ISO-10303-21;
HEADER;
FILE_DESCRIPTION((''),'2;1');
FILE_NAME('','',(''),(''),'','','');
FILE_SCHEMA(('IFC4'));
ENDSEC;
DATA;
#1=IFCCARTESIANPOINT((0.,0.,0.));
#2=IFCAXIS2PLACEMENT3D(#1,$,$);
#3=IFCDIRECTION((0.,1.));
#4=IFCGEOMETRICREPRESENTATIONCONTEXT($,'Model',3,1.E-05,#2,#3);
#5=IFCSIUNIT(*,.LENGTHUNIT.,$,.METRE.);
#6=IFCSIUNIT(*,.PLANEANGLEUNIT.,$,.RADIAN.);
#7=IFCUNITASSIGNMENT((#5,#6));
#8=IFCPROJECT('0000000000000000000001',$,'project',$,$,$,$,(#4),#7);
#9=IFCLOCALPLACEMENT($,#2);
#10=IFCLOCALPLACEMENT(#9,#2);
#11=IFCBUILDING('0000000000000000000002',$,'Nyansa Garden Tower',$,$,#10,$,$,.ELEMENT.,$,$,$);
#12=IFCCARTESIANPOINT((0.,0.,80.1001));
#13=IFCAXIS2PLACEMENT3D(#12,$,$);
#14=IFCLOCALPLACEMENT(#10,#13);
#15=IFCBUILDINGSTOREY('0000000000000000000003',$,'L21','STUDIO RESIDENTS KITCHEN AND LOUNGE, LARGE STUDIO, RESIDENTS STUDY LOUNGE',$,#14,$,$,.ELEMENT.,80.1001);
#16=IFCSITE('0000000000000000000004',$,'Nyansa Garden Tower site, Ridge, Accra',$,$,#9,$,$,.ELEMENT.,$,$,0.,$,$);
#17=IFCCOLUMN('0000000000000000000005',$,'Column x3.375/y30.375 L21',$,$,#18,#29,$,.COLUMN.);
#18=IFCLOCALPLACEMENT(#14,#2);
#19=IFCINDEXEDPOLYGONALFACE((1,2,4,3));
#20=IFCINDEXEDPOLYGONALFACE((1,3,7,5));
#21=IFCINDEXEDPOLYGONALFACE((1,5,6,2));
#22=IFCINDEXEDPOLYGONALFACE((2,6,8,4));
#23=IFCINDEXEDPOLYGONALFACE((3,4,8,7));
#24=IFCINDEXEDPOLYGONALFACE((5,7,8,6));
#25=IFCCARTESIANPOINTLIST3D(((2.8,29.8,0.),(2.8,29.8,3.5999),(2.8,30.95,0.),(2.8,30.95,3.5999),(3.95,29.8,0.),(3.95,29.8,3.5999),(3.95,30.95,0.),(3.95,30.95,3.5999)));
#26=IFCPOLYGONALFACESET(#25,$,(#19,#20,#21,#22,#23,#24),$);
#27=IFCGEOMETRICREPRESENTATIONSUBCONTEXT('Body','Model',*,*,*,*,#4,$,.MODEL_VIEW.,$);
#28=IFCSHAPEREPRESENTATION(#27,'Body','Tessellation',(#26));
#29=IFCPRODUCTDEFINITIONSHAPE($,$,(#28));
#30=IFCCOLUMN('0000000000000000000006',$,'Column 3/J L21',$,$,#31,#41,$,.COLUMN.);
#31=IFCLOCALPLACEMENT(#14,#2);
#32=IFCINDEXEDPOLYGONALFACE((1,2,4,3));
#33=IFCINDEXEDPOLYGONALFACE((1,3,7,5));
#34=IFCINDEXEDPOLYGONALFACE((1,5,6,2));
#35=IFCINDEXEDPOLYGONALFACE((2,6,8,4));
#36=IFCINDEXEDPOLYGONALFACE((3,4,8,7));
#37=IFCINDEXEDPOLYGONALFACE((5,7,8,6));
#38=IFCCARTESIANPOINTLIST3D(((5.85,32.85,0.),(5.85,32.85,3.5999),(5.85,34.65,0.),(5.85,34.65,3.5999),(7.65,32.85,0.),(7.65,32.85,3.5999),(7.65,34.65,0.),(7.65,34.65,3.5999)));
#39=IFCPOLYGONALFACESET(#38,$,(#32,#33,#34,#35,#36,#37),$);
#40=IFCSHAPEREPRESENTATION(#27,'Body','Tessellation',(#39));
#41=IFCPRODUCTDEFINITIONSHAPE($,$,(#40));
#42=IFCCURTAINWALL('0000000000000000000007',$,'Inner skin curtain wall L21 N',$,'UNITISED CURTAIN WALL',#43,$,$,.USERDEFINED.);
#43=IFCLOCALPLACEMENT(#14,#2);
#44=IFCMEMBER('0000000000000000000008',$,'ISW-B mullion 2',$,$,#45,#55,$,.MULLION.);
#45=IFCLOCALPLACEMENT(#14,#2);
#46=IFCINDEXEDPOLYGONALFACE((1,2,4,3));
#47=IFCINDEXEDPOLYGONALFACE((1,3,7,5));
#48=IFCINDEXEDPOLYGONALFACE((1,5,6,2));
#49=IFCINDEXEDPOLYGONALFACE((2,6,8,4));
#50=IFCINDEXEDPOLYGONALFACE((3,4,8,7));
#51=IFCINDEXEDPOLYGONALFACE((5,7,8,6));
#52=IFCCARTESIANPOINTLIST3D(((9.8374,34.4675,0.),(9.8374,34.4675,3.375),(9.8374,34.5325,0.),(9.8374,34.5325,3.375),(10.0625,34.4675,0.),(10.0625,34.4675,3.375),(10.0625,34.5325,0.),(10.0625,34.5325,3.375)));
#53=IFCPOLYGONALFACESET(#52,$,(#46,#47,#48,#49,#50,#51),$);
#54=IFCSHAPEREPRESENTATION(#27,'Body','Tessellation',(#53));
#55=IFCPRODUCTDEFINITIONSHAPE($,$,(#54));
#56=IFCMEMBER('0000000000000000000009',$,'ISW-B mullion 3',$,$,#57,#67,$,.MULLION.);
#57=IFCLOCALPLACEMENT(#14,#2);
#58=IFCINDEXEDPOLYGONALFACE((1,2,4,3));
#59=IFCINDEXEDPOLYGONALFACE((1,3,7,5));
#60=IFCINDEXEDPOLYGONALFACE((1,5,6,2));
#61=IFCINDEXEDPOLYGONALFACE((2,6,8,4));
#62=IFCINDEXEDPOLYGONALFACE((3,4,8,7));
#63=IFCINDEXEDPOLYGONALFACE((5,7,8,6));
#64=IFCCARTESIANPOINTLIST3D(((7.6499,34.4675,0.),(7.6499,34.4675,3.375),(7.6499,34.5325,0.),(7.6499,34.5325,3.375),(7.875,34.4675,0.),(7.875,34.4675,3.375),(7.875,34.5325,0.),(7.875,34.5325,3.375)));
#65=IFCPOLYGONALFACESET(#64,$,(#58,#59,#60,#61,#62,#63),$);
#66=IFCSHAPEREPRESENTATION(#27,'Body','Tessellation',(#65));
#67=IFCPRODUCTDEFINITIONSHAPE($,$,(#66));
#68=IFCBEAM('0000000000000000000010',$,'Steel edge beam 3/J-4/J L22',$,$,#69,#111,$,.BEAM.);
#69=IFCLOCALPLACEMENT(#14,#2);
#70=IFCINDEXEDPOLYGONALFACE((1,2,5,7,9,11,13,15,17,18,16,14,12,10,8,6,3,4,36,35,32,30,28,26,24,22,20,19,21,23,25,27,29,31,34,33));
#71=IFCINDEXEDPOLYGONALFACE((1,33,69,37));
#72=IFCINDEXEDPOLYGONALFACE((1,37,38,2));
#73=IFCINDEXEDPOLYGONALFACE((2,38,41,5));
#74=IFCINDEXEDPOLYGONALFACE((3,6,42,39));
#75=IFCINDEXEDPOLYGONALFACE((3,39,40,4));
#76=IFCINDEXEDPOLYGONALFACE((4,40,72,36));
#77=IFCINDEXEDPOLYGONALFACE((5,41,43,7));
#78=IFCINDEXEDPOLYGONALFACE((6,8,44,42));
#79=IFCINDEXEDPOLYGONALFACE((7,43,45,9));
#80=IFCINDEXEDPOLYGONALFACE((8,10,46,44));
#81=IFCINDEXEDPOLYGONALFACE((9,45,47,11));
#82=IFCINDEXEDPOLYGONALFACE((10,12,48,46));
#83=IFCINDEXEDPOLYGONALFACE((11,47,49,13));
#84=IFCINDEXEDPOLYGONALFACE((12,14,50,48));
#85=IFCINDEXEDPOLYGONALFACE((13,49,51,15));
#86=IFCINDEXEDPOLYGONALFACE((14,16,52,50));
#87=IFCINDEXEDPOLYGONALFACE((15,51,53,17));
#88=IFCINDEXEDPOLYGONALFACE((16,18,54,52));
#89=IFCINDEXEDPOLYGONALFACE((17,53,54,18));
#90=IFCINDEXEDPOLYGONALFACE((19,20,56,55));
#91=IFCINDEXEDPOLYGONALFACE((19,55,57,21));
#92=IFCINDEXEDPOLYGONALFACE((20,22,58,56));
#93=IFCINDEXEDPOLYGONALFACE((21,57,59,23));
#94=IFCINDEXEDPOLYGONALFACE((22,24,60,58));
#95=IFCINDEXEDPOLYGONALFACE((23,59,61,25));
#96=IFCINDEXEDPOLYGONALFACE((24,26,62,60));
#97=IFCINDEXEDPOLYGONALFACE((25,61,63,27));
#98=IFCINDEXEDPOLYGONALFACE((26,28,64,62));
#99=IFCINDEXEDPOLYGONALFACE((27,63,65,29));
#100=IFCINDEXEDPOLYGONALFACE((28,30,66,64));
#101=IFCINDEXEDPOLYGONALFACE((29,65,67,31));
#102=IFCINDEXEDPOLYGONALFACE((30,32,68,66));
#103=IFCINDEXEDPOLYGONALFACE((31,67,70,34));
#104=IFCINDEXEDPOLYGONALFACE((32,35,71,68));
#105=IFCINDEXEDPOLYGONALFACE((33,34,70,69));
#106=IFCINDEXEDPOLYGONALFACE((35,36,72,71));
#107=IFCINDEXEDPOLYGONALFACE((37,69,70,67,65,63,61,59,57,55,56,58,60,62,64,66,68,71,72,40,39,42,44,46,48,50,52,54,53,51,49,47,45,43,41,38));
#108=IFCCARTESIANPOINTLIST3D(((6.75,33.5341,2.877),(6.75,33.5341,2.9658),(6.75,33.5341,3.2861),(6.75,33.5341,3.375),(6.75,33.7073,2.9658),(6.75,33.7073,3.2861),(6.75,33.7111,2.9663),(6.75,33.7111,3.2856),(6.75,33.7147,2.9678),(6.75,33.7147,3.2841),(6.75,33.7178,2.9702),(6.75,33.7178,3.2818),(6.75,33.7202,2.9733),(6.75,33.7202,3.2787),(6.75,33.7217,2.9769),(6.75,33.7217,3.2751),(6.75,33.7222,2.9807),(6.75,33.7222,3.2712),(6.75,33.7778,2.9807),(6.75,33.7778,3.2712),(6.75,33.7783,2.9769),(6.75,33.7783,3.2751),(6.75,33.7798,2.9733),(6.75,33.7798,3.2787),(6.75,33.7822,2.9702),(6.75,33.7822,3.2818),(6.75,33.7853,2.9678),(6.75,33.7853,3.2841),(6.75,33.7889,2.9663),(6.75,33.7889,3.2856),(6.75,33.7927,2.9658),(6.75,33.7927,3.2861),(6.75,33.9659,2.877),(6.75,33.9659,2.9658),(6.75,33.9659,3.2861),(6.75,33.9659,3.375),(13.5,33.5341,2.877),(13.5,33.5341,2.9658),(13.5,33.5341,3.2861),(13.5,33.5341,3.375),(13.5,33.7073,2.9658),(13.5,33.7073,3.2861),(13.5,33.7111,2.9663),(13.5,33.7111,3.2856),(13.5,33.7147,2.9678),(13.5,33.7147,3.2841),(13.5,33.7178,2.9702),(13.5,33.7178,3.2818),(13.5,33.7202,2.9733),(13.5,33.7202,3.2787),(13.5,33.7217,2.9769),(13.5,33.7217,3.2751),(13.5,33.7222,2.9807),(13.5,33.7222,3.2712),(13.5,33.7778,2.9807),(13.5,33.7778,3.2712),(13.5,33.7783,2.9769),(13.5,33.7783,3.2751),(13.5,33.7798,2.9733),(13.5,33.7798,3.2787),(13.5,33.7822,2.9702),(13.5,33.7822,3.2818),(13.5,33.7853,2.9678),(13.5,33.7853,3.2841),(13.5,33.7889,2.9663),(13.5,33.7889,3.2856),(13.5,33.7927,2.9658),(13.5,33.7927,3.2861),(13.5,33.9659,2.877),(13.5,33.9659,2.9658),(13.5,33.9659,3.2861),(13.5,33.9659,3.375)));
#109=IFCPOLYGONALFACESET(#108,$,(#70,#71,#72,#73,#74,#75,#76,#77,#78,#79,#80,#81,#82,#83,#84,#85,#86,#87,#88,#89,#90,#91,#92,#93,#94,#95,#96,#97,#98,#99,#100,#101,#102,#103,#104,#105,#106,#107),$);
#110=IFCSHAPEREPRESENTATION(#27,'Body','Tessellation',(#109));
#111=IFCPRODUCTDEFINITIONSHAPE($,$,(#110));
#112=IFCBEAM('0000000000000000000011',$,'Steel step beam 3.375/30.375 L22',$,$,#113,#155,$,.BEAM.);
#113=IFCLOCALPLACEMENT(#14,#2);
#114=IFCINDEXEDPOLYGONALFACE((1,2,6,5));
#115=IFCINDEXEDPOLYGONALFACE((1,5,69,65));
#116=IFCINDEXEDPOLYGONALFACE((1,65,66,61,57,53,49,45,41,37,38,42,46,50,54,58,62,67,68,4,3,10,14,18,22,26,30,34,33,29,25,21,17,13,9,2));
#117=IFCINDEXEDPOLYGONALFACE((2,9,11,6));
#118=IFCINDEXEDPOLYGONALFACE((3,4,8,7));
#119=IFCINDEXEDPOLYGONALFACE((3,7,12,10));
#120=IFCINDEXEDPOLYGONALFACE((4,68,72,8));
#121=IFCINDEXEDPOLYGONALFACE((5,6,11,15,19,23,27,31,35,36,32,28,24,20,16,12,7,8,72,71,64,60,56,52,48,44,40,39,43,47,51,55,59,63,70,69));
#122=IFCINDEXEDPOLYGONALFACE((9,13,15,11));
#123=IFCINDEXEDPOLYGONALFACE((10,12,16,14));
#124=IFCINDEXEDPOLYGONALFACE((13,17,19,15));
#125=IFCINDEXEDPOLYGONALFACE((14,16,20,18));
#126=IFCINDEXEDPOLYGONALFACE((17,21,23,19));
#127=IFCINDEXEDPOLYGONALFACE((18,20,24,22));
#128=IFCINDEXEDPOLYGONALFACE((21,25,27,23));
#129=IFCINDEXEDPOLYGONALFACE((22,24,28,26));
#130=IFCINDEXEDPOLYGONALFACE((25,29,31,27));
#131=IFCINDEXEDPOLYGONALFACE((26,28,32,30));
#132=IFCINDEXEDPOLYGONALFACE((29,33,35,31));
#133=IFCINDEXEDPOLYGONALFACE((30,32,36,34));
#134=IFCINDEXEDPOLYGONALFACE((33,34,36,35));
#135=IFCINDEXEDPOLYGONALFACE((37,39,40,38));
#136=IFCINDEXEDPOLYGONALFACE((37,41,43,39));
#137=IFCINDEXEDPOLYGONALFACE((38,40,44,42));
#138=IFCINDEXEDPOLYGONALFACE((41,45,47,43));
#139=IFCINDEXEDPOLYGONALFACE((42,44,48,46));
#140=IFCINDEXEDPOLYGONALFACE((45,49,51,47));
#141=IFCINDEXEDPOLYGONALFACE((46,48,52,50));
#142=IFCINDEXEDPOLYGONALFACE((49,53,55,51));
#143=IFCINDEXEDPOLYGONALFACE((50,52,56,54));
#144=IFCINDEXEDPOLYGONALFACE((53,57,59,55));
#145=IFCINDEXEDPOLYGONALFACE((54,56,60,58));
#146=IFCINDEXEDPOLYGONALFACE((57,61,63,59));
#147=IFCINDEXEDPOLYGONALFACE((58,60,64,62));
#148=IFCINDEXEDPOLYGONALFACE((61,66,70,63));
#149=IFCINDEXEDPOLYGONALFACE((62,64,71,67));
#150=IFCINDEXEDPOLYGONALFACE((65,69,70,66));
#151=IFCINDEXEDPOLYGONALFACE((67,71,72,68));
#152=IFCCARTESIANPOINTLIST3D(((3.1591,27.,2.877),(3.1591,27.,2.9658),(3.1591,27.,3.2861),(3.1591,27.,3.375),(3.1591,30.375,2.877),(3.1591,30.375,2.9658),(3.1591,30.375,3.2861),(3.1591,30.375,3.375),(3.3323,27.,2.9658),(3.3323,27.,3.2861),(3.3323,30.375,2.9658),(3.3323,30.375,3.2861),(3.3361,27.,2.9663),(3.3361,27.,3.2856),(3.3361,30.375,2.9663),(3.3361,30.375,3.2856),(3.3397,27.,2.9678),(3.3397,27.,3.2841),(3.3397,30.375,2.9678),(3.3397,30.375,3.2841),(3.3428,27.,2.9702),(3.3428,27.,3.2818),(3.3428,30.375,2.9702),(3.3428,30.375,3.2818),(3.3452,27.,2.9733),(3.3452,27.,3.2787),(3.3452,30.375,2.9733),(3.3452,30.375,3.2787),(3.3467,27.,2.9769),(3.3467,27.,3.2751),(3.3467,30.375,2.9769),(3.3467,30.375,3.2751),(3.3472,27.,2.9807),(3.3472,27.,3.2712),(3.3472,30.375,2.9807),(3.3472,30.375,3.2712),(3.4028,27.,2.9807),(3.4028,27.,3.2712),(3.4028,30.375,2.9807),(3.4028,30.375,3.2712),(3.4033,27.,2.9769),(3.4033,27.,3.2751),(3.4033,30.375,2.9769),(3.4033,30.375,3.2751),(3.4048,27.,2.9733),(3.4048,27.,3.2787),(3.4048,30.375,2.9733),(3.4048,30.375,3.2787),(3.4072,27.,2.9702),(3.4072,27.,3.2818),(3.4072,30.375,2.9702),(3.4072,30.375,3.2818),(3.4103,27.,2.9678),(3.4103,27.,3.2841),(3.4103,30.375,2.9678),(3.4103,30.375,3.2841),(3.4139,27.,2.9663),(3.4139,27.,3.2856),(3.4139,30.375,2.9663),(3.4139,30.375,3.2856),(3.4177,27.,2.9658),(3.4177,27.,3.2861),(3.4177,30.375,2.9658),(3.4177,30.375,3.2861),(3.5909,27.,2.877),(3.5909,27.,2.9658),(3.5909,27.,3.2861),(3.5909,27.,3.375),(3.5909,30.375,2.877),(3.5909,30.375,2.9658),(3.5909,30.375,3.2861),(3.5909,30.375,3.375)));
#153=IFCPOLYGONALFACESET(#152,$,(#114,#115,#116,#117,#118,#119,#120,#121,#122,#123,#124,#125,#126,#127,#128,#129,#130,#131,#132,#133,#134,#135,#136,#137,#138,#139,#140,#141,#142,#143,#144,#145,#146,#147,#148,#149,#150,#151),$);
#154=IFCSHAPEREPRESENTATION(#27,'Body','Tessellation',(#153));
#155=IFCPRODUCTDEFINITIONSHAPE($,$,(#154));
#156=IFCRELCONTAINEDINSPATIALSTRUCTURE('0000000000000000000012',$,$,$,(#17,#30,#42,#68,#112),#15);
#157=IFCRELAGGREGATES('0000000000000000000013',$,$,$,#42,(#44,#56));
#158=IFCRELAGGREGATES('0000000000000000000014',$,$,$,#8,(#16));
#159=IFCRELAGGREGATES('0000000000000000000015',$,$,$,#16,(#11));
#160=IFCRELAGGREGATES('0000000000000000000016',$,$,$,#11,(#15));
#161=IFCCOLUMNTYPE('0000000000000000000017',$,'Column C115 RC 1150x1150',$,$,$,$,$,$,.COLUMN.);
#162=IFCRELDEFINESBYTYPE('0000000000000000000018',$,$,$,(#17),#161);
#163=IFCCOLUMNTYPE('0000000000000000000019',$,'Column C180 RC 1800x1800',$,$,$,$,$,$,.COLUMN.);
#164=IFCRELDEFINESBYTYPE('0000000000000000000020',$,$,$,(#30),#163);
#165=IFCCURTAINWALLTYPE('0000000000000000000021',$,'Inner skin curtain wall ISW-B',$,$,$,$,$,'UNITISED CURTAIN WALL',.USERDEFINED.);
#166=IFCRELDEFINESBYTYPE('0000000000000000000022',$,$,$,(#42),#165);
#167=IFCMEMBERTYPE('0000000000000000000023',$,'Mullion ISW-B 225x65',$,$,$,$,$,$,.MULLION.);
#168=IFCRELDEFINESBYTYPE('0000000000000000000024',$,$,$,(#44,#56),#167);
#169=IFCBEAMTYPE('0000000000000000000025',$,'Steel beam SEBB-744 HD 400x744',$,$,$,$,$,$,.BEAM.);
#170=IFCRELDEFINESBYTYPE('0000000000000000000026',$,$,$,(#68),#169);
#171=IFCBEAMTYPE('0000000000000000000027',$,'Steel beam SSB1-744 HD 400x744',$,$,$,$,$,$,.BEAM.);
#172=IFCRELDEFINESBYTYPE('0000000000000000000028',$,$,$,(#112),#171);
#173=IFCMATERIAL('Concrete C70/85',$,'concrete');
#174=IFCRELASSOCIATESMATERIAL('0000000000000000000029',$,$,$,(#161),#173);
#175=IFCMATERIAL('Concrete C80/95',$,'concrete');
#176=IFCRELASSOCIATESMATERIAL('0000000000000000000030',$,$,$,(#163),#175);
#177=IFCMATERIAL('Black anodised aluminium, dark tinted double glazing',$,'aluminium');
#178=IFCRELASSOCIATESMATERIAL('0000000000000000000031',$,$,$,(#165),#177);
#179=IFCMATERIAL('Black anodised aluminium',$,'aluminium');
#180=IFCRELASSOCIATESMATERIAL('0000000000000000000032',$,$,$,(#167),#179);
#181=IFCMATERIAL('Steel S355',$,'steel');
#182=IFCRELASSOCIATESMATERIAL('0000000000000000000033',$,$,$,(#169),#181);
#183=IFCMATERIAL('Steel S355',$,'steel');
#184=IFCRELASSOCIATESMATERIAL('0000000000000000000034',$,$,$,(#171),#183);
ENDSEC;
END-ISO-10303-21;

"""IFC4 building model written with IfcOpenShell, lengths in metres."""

from ifc_helpers import new_model, si_unit, direction, frame, origin, origin_2d, place, context, subcontext, project, spatial, rectangle, i_section, extrude, material, material_profile, profile_set, type_object, element, aggregate, save


model = new_model("IFC4")

# Units and contexts
model_context = context("Model", 3, precision=1e-05, world=origin(), true_north=direction((0.0, 1.0)))
body_context = subcontext(model_context, "Body", "Model", "MODEL_VIEW")
ifc_project = project(units=[si_unit("LENGTHUNIT", "METRE"), si_unit("PLANEANGLEUNIT", "RADIAN")], contexts=[model_context])

# Site, building, storey
site_placement = place(None, origin())
site = spatial("IfcSite", under=ifc_project, at=site_placement, Name="Nyansa Garden Tower site, Ridge, Accra", CompositionType="ELEMENT", RefElevation=0.0)
building_placement = place(site_placement, origin())
building = spatial("IfcBuilding", under=site, at=building_placement, Name="Nyansa Garden Tower", CompositionType="ELEMENT")
storey_placement = place(building_placement, frame((0.0, 0.0, 80.1001)))
storey = spatial("IfcBuildingStorey", under=building, at=storey_placement, Name="L21", Description="STUDIO RESIDENTS KITCHEN AND LOUNGE, LARGE STUDIO, RESIDENTS STUDY LOUNGE", CompositionType="ELEMENT", Elevation=80.1001)

# Columns
ifc_material_1 = material(Name="Concrete C70/85", Category="concrete")
ifc_material_profile_1 = material_profile(ifc_material_1, rectangle(XDim=1.1499, YDim=1.1499, at=origin_2d()), Name="RC 1150x1150")
ifc_profile_set_1 = profile_set([ifc_material_profile_1], Name="Concrete C70/85")
column_type_1 = type_object("IfcColumnType", Name="Column C115 RC 1150x1150", PredefinedType="COLUMN", material=ifc_profile_set_1)
column_1_placement = place(storey_placement, frame((3.375, 30.375, 0.0), z_axis=(0.0, 0.0, 1.0), x_axis=(1.0, 0.0, 0.0)))
element("IfcColumn", 1, at=column_1_placement, inside=storey, type_object=column_type_1, Name="Column x3.375/y30.375 L21", PredefinedType="COLUMN", context=body_context, shape_type="SweptSolid", body=[
    extrude(rectangle(XDim=1.1499, YDim=1.1499, at=origin_2d()), origin(), (0.0, 0.0, 1.0), 3.5999),
])
ifc_material_2 = material(Name="Concrete C80/95", Category="concrete")
ifc_material_profile_2 = material_profile(ifc_material_2, rectangle(XDim=1.8, YDim=1.8, at=origin_2d()), Name="RC 1800x1800")
ifc_profile_set_2 = profile_set([ifc_material_profile_2], Name="Concrete C80/95")
column_type_2 = type_object("IfcColumnType", Name="Column C180 RC 1800x1800", PredefinedType="COLUMN", material=ifc_profile_set_2)
column_2_placement = place(storey_placement, frame((6.75, 33.75, 0.0), z_axis=(0.0, 0.0, 1.0), x_axis=(1.0, 0.0, 0.0)))
element("IfcColumn", 2, at=column_2_placement, inside=storey, type_object=column_type_2, Name="Column 3/J L21", PredefinedType="COLUMN", context=body_context, shape_type="SweptSolid", body=[
    extrude(rectangle(XDim=1.8, YDim=1.8, at=origin_2d()), origin(), (0.0, 0.0, 1.0), 3.5999),
])

# Curtain wall, members
ifc_material_3 = material(Name="Black anodised aluminium, dark tinted double glazing", Category="aluminium")
curtain_wall_type = type_object("IfcCurtainWallType", Name="Inner skin curtain wall ISW-B", ElementType="UNITISED CURTAIN WALL", PredefinedType="USERDEFINED", material=ifc_material_3)
curtain_wall_placement = place(storey_placement, origin())
curtain_wall = element("IfcCurtainWall", 3, at=curtain_wall_placement, inside=storey, type_object=curtain_wall_type, Name="Inner skin curtain wall L21 N", ObjectType="UNITISED CURTAIN WALL", PredefinedType="USERDEFINED")
ifc_material_4 = material(Name="Black anodised aluminium", Category="aluminium")
ifc_material_profile_3 = material_profile(ifc_material_4, rectangle(XDim=0.0649, YDim=0.2251, at=origin_2d()), Name="Mullion 225x65")
ifc_profile_set_3 = profile_set([ifc_material_profile_3], Name="Black anodised aluminium")
member_type_1 = type_object("IfcMemberType", Name="Mullion ISW-B 225x65", PredefinedType="MULLION", material=ifc_profile_set_3)
member_1_placement = place(storey_placement, frame((9.95, 34.5, 0.0), z_axis=(0.0, 0.0, 1.0), x_axis=(0.0, -1.0, 0.0)))
member_1 = element("IfcMember", 4, at=member_1_placement, type_object=member_type_1, Name="ISW-B mullion 2", PredefinedType="MULLION", context=body_context, shape_type="SweptSolid", body=[
    extrude(rectangle(XDim=0.0649, YDim=0.2251, at=origin_2d()), origin(), (0.0, 0.0, 1.0), 3.375),
])
member_2_placement = place(storey_placement, frame((7.7625, 34.5, 0.0), z_axis=(0.0, 0.0, 1.0), x_axis=(0.0, -1.0, 0.0)))
member_2 = element("IfcMember", 5, at=member_2_placement, type_object=member_type_1, Name="ISW-B mullion 3", PredefinedType="MULLION", context=body_context, shape_type="SweptSolid", body=[
    extrude(rectangle(XDim=0.0649, YDim=0.2251, at=origin_2d()), origin(), (0.0, 0.0, 1.0), 3.375),
])

# Beams
ifc_material_5 = material(Name="Steel S355", Category="steel")
ifc_material_profile_4 = material_profile(ifc_material_5, i_section(OverallWidth=0.4319, OverallDepth=0.498, WebThickness=0.0557, FlangeThickness=0.0889, FilletRadius=0.0149, at=origin_2d()), Name="HD 400x744")
ifc_profile_set_4 = profile_set([ifc_material_profile_4], Name="Steel S355")
beam_type_1 = type_object("IfcBeamType", Name="Steel beam SEBB-744 HD 400x744", PredefinedType="BEAM", material=ifc_profile_set_4)
beam_placement = place(storey_placement, frame((6.75, 33.75, 3.126), z_axis=(1.0, 0.0, 0.0), x_axis=(0.0, 1.0, 0.0)))
element("IfcBeam", 6, at=beam_placement, inside=storey, type_object=beam_type_1, Name="Steel edge beam 3/J-4/J L22", PredefinedType="BEAM", context=body_context, shape_type="SweptSolid", body=[
    extrude(i_section(OverallWidth=0.4319, OverallDepth=0.498, WebThickness=0.0557, FlangeThickness=0.0889, FilletRadius=0.0149, at=origin_2d()), origin(), (0.0, 0.0, 1.0), 6.75),
])
ifc_material_6 = material(Name="Steel S355", Category="steel")
ifc_material_profile_5 = material_profile(ifc_material_6, i_section(OverallWidth=0.4319, OverallDepth=0.498, WebThickness=0.0557, FlangeThickness=0.0889, FilletRadius=0.0149, at=origin_2d()), Name="HD 400x744")
ifc_profile_set_5 = profile_set([ifc_material_profile_5], Name="Steel S355")
beam_type_2 = type_object("IfcBeamType", Name="Steel beam SSB1-744 HD 400x744", PredefinedType="BEAM", material=ifc_profile_set_5)
for number, where, z_axis, x_axis, name in (
    (7, (3.375, 30.375, 3.126), (0.0, -1.0, 0.0), (1.0, 0.0, 0.0), "Steel step beam 3.375/30.375 L22"),
):
    element("IfcBeam", number, at=place(storey_placement, frame(where, z_axis=z_axis, x_axis=x_axis)), inside=storey, type_object=beam_type_2, Name=name, PredefinedType="BEAM", context=body_context, shape_type="SweptSolid", body=[
        extrude(i_section(OverallWidth=0.4319, OverallDepth=0.498, WebThickness=0.0557, FlangeThickness=0.0889, FilletRadius=0.0149, at=origin_2d()), origin(), (0.0, 0.0, 1.0), 3.375),
    ])

aggregate(curtain_wall, [member_1, member_2])

save(model, "model.ifc")
